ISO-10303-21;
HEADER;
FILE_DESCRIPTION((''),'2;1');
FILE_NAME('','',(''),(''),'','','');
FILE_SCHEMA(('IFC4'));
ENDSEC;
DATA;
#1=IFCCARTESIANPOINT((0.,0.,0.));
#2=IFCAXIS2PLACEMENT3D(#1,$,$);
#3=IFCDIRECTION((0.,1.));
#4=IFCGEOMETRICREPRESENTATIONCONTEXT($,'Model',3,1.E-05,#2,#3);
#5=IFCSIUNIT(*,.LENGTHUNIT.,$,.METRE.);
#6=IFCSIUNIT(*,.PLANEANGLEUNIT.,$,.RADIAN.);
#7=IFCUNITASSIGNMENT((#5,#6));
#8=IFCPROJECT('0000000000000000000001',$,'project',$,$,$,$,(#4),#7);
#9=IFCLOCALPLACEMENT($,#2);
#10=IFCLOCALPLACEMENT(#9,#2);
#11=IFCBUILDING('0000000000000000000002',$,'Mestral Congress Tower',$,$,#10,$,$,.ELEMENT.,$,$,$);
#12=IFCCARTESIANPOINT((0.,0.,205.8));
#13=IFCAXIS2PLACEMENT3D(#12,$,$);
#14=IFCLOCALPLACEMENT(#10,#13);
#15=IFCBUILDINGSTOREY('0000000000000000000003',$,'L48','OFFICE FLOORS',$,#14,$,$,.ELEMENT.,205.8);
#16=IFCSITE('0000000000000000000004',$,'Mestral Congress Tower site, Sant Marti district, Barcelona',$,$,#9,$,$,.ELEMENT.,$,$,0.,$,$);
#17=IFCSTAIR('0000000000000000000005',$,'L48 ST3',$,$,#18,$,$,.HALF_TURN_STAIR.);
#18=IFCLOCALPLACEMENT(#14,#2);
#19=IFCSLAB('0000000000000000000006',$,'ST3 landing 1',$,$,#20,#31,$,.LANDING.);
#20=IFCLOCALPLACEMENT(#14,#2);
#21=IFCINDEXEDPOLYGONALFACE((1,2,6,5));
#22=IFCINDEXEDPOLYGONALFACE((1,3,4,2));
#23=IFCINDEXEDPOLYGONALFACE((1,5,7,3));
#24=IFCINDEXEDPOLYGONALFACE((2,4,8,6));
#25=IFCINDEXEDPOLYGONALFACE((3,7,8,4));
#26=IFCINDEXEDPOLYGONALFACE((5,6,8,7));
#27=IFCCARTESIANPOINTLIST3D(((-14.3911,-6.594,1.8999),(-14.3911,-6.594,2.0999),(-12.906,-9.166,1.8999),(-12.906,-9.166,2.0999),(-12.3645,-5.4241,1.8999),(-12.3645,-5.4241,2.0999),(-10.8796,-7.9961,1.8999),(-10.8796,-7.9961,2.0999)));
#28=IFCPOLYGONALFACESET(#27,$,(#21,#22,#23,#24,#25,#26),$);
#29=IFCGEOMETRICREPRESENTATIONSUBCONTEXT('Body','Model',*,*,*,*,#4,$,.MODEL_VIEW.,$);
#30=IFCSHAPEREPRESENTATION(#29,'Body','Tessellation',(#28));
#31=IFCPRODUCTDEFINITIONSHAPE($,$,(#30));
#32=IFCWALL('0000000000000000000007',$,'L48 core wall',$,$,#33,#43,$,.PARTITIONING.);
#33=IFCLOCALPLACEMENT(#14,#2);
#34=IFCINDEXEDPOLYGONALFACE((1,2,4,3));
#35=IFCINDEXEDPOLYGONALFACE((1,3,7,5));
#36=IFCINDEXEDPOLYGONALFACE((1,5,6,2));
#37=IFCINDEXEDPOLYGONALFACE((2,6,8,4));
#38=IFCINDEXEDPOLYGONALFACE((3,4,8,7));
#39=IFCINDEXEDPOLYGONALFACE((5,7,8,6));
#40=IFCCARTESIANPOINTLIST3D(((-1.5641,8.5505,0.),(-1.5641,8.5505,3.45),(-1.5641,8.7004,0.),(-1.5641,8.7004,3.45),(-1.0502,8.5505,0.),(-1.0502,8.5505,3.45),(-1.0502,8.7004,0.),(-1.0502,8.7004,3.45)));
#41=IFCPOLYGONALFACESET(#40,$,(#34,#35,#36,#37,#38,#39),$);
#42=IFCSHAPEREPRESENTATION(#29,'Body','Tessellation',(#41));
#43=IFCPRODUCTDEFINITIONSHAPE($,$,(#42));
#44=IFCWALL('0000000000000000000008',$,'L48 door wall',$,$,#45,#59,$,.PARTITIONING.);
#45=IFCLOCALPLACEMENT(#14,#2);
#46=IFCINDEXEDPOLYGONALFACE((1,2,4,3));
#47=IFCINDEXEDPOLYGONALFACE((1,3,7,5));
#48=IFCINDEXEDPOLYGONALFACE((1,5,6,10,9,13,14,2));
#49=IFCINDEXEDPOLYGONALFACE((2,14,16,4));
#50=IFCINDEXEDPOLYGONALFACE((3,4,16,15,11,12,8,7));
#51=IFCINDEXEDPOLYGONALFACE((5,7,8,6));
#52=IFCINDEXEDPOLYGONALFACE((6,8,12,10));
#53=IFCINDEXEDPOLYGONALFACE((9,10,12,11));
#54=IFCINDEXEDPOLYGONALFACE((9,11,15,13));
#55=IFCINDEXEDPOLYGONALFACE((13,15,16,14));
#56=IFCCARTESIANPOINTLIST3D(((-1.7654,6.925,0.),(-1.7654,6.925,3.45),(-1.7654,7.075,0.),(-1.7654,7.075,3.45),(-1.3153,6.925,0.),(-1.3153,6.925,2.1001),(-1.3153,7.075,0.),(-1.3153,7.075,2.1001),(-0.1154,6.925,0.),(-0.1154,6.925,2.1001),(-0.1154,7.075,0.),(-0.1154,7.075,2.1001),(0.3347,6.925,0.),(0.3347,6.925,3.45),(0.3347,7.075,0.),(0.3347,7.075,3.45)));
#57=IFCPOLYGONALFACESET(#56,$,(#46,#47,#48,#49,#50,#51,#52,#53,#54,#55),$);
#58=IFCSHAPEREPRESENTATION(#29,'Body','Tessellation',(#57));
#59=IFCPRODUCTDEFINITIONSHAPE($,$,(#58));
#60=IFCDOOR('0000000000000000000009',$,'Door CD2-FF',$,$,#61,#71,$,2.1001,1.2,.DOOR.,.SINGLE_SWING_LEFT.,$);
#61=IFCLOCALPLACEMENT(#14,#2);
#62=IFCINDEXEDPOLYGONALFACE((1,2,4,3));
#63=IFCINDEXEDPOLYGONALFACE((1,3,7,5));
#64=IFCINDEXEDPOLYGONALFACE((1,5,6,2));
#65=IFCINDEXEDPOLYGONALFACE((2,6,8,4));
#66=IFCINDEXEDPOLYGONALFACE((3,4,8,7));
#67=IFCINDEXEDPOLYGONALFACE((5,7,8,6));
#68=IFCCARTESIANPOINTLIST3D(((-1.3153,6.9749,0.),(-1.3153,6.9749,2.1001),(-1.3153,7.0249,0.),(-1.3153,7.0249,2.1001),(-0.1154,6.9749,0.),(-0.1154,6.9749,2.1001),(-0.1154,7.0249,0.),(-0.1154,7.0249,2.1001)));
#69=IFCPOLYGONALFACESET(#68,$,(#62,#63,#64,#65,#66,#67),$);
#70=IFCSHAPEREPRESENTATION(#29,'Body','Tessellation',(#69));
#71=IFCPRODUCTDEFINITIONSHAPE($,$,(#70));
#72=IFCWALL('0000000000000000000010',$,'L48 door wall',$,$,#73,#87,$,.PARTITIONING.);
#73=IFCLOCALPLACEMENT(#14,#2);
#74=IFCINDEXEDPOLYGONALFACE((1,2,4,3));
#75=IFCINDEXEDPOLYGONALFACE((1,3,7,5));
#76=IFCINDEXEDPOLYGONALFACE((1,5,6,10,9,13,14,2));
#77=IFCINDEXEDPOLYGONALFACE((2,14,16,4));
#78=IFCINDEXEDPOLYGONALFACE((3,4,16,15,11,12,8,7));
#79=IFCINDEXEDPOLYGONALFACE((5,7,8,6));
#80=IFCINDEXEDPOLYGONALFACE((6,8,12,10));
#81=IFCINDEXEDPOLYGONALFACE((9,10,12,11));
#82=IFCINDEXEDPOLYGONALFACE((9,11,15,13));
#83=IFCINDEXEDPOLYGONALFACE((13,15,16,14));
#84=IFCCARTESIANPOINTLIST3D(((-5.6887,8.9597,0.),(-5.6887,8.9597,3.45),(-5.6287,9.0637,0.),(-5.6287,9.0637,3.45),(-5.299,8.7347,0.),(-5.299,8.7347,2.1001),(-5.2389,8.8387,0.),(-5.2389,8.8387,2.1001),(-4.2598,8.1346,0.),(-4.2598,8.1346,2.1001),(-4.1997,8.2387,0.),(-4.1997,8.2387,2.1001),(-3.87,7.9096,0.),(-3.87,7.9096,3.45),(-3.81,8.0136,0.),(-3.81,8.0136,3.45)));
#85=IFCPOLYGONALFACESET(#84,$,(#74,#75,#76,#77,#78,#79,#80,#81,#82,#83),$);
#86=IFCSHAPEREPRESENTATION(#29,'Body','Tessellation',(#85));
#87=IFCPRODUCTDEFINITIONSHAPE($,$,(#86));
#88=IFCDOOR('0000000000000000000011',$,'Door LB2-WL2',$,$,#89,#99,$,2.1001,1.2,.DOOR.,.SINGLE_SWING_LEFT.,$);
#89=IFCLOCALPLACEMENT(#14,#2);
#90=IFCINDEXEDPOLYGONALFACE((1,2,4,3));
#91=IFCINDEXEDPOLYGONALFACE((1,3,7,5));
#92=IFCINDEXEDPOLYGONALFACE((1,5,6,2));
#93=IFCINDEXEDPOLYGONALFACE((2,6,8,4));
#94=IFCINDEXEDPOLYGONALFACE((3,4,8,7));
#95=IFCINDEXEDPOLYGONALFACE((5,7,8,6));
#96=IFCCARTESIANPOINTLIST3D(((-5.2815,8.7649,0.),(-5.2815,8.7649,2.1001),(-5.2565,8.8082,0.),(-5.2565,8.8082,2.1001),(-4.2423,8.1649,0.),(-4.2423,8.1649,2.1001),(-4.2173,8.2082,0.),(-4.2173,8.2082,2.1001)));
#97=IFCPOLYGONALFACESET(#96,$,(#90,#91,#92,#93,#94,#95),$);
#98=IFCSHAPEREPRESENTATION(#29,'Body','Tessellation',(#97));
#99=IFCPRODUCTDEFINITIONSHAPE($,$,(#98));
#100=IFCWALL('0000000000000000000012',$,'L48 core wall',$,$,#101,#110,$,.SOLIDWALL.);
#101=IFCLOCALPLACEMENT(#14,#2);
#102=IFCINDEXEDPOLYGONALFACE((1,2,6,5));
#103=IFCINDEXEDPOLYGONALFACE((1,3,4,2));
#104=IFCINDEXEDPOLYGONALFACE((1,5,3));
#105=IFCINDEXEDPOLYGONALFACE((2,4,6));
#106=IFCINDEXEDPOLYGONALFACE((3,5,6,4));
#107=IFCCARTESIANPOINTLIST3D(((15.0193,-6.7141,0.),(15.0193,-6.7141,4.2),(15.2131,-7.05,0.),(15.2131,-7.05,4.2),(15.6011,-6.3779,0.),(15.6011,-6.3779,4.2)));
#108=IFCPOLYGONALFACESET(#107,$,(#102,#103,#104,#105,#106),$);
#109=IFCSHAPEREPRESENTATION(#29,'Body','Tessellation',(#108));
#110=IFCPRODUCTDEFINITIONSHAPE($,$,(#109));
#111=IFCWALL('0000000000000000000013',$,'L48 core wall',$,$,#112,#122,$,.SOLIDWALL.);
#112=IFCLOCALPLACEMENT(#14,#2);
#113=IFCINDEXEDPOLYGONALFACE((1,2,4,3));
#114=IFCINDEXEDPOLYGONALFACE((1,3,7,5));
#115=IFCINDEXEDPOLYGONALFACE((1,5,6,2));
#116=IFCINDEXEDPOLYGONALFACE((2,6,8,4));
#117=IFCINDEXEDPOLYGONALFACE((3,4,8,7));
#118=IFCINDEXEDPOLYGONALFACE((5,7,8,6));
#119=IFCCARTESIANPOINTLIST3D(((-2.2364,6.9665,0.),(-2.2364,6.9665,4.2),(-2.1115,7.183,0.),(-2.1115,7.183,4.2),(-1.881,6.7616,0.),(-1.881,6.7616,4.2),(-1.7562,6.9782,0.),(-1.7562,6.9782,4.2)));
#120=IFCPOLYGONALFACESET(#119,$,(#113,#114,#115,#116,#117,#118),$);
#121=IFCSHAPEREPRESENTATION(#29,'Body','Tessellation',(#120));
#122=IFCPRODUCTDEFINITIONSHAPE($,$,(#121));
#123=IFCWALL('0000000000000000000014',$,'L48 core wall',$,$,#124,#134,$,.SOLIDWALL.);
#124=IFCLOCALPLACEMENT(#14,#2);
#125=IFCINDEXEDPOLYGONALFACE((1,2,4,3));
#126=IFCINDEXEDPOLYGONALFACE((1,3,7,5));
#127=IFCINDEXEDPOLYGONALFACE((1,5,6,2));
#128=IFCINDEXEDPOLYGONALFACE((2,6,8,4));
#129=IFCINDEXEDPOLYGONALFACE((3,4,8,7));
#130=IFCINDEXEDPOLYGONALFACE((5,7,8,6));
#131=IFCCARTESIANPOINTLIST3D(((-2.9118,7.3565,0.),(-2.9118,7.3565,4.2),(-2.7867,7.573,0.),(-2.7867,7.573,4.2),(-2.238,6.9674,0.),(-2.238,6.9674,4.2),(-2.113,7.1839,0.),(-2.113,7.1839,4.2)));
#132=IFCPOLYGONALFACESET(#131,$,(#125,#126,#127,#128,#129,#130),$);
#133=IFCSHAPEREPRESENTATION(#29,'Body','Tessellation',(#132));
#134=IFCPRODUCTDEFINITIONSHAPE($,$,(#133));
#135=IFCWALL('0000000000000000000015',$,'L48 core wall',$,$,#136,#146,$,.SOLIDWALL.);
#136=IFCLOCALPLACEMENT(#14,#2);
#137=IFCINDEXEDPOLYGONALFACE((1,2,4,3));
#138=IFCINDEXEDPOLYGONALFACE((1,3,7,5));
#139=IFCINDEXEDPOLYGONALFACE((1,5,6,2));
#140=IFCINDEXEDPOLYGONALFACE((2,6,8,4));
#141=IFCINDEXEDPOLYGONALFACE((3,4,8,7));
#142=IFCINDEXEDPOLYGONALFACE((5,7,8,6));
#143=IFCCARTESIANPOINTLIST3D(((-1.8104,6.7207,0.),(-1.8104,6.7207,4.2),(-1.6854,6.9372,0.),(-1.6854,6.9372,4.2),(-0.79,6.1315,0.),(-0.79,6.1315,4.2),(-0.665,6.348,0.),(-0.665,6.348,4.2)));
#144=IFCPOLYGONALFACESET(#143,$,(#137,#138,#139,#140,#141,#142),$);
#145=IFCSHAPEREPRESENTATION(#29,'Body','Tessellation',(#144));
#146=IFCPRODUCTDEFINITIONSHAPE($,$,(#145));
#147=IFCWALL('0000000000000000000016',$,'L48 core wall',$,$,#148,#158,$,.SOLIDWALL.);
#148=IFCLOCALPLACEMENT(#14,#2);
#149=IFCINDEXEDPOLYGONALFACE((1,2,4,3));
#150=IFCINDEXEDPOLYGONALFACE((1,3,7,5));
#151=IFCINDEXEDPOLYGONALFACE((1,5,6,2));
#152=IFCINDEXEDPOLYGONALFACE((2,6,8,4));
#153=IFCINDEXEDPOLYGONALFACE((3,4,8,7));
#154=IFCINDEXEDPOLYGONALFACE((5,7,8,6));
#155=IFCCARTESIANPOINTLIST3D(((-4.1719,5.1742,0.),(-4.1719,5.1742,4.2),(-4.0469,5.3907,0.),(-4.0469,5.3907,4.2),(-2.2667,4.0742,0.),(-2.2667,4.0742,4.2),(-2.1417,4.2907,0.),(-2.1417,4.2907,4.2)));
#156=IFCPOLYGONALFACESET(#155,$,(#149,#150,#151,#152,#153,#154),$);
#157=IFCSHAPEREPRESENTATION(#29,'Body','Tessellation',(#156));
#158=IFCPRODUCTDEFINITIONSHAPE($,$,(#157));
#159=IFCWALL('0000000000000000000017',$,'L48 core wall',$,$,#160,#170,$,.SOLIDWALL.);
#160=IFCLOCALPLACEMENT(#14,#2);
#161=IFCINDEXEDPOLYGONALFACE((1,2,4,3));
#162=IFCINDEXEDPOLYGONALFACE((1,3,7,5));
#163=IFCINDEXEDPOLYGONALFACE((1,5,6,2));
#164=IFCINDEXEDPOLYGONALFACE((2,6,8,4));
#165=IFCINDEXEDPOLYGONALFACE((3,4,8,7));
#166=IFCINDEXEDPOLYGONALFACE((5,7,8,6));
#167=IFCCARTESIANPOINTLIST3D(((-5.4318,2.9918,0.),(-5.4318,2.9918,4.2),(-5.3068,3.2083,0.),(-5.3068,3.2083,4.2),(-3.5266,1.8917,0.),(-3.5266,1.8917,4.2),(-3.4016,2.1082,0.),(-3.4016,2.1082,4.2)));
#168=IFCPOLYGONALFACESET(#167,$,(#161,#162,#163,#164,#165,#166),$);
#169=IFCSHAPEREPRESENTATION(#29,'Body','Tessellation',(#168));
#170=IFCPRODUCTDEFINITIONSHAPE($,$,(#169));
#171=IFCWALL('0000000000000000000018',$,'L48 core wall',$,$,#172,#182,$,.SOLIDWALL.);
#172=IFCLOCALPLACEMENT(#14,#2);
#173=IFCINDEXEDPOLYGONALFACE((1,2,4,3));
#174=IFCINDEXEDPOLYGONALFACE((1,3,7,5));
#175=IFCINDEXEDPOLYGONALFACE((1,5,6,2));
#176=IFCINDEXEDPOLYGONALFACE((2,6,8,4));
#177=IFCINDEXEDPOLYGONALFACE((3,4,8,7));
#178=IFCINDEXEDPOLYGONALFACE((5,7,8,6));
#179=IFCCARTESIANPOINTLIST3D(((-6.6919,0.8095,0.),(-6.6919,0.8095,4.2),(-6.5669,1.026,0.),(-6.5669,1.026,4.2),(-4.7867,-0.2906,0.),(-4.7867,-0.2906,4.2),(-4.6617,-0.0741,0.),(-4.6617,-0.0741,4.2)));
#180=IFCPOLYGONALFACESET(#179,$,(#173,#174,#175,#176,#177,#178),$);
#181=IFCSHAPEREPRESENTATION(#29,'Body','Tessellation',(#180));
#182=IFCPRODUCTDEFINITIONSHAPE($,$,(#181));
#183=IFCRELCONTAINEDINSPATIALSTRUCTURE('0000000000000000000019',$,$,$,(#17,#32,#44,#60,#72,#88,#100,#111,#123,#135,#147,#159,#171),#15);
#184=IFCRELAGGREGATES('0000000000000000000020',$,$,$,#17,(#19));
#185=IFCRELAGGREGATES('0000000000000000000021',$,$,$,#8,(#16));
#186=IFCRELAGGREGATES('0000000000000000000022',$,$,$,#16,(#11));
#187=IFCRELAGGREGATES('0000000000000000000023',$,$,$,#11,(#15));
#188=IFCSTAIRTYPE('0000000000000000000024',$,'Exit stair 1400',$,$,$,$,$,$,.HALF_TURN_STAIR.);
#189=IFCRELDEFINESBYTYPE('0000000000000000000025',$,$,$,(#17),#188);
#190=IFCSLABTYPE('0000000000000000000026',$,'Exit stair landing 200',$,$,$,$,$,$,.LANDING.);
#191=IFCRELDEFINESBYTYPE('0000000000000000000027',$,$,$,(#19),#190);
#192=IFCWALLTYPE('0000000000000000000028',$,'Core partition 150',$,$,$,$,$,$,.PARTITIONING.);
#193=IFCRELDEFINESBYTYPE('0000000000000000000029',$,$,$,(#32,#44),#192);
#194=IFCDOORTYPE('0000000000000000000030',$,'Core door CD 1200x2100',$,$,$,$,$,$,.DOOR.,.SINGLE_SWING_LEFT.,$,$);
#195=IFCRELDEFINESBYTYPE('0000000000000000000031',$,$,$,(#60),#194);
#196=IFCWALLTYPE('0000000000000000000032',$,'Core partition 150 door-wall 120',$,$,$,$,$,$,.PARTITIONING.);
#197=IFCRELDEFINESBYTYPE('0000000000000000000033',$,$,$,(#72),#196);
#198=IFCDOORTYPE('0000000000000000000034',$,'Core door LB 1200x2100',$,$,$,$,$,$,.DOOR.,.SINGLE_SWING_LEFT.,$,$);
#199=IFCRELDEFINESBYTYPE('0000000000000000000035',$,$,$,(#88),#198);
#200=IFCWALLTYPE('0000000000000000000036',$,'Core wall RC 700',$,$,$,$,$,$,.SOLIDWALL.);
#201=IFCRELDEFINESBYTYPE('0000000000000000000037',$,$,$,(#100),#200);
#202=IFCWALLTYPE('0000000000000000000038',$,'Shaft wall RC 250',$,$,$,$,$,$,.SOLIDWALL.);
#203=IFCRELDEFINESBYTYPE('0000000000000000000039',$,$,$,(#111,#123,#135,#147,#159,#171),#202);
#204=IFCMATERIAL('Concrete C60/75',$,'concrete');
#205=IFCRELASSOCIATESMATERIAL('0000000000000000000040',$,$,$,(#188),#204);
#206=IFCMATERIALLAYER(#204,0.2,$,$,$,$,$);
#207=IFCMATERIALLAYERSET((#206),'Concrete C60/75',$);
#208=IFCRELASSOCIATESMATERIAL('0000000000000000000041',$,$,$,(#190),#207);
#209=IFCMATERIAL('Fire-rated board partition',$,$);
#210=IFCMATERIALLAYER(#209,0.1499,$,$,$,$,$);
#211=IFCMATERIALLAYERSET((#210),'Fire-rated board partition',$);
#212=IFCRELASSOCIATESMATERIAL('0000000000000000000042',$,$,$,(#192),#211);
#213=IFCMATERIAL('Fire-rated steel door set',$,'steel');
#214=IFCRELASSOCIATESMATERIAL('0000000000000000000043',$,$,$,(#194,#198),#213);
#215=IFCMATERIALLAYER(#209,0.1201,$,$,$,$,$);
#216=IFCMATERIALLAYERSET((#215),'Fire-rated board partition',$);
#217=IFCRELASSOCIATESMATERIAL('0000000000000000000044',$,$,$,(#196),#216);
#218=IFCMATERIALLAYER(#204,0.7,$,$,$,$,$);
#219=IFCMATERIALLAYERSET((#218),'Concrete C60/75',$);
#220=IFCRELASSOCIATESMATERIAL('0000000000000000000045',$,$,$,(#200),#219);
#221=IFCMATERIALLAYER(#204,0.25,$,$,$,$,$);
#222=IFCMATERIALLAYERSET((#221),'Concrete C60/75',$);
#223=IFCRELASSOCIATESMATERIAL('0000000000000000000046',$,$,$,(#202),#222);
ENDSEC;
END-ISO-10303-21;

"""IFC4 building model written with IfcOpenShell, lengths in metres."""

from ifc_helpers import new_model, si_unit, direction, frame, frame_2d, origin, place, context, subcontext, project, spatial, polyline, rectangle, outline, extrude, material, layer, layer_set, type_object, element, fill, aggregate, save


model = new_model("IFC4")

# Units and contexts
model_context = context("Model", 3, precision=1e-05, world=origin(), true_north=direction((0.0, 1.0)))
body_context = subcontext(model_context, "Body", "Model", "MODEL_VIEW")
ifc_project = project(units=[si_unit("LENGTHUNIT", "METRE"), si_unit("PLANEANGLEUNIT", "RADIAN")], contexts=[model_context])

# Site, building, storey
site_placement = place(None, origin())
site = spatial("IfcSite", under=ifc_project, at=site_placement, Name="Mestral Congress Tower site, Sant Marti district, Barcelona", CompositionType="ELEMENT", RefElevation=0.0)
building_placement = place(site_placement, origin())
building = spatial("IfcBuilding", under=site, at=building_placement, Name="Mestral Congress Tower", CompositionType="ELEMENT")
storey_placement = place(building_placement, frame((0.0, 0.0, 205.8)))
storey = spatial("IfcBuildingStorey", under=building, at=storey_placement, Name="L48", Description="OFFICE FLOORS", CompositionType="ELEMENT", Elevation=205.8)

# Shared definitions
ifc_material_1 = material(Name="Concrete C60/75", Category="concrete")

# Stair, slab
stair_type = type_object("IfcStairType", Name="Exit stair 1400", PredefinedType="HALF_TURN_STAIR", material=ifc_material_1)
placement_1 = place(storey_placement, origin())
ifc_layer_1 = layer(ifc_material_1, 0.2)
ifc_layer_set_1 = layer_set([ifc_layer_1], Name="Concrete C60/75")
slab_type_1 = type_object("IfcSlabType", Name="Exit stair landing 200", PredefinedType="LANDING", material=ifc_layer_set_1)
placement_2 = place(storey_placement, frame((0.0, 0.0, 1.8999)))
stair_1 = element("IfcStair", 1, at=placement_1, inside=storey, type_object=stair_type, Name="L48 ST3", PredefinedType="HALF_TURN_STAIR")
slab_1 = element("IfcSlab", 2, at=placement_2, type_object=slab_type_1, Name="ST3 landing 1", PredefinedType="LANDING", context=body_context, shape_type="SweptSolid", body=[
    extrude(outline(polyline([(-12.3645, -5.4241), (-10.8796, -7.9961), (-12.906, -9.166), (-14.3911, -6.594), (-12.3645, -5.4241)])), origin(), (0.0, 0.0, 1.0), 0.2),
])
aggregate(stair_1, [slab_1])

# Wall
ifc_material_2 = material(Name="Fire-rated board partition")
ifc_layer_2 = layer(ifc_material_2, 0.1499)
ifc_layer_set_2 = layer_set([ifc_layer_2], Name="Fire-rated board partition")
wall_type_1 = type_object("IfcWallType", Name="Core partition 150", PredefinedType="PARTITIONING", material=ifc_layer_set_2)
wall_1_placement = place(storey_placement, frame((-1.564, 8.6255, 0.0), z_axis=(0.0, 0.0, 1.0), x_axis=(1.0, 0.0, 0.0)))
element("IfcWall", 3, at=wall_1_placement, inside=storey, type_object=wall_type_1, Name="L48 core wall", PredefinedType="PARTITIONING", context=body_context, shape_type="SweptSolid", body=[
    extrude(rectangle(XDim=0.5139, YDim=0.1499, at=frame_2d((0.2568, 0.0))), origin(), (0.0, 0.0, 1.0), 3.45),
])

# Walls, openings, doors
wall_2_placement = place(storey_placement, frame((-1.7654, 7.0, 0.0), z_axis=(0.0, 0.0, 1.0), x_axis=(1.0, 0.0, 0.0)))
wall_2 = element("IfcWall", 4, at=wall_2_placement, inside=storey, type_object=wall_type_1, Name="L48 door wall", PredefinedType="PARTITIONING", context=body_context, shape_type="SweptSolid", body=[
    extrude(rectangle(XDim=2.1001, YDim=0.1499, at=frame_2d((1.05, 0.0))), origin(), (0.0, 0.0, 1.0), 3.45),
])
opening_1_placement = place(wall_2_placement, frame((0.45, 0.0, 0.0)))
opening_1 = element("IfcOpeningElement", 5, at=opening_1_placement, cuts=wall_2, PredefinedType="OPENING", context=body_context, shape_type="SweptSolid", body=[
    extrude(rectangle(XDim=1.2, YDim=2.1001, at=frame_2d((0.6001, 1.05))), frame((0.0, 0.085, 0.0), z_axis=(0.0, -1.0, 0.0), x_axis=(1.0, 0.0, 0.0)), (0.0, 0.0, 1.0), 0.1699),
])
ifc_material_3 = material(Name="Fire-rated steel door set", Category="steel")
door_type_1 = type_object("IfcDoorType", Name="Core door CD 1200x2100", OperationType="SINGLE_SWING_LEFT", PredefinedType="DOOR", material=ifc_material_3)
door_1_placement = place(opening_1_placement, origin())
door_1 = element("IfcDoor", 6, at=door_1_placement, inside=storey, type_object=door_type_1, Name="Door CD2-FF", OperationType="SINGLE_SWING_LEFT", OverallHeight=2.1001, OverallWidth=1.2, PredefinedType="DOOR", context=body_context, shape_type="SweptSolid", body=[
    extrude(rectangle(XDim=1.2, YDim=2.1001, at=frame_2d((0.6001, 1.05))), frame((0.0, 0.0249, 0.0), z_axis=(0.0, -1.0, 0.0), x_axis=(1.0, 0.0, 0.0)), (0.0, 0.0, 1.0), 0.05),
])
fill(opening_1, door_1)
ifc_layer_3 = layer(ifc_material_2, 0.1201)
ifc_layer_set_3 = layer_set([ifc_layer_3], Name="Fire-rated board partition")
wall_type_2 = type_object("IfcWallType", Name="Core partition 150 door-wall 120", PredefinedType="PARTITIONING", material=ifc_layer_set_3)
wall_3_placement = place(storey_placement, frame((-5.6587, 9.0117, 0.0), z_axis=(0.0, 0.0, 1.0), x_axis=(0.866009, -0.500028, 0.0)))
wall_3 = element("IfcWall", 7, at=wall_3_placement, inside=storey, type_object=wall_type_2, Name="L48 door wall", PredefinedType="PARTITIONING", context=body_context, shape_type="SweptSolid", body=[
    extrude(rectangle(XDim=2.1001, YDim=0.1201, at=frame_2d((1.05, 0.0))), origin(), (0.0, 0.0, 1.0), 3.45),
])
opening_2_placement = place(wall_3_placement, frame((0.45, 0.0, 0.0)))
opening_2 = element("IfcOpeningElement", 8, at=opening_2_placement, cuts=wall_3, PredefinedType="OPENING", context=body_context, shape_type="SweptSolid", body=[
    extrude(rectangle(XDim=1.2, YDim=2.1001, at=frame_2d((0.6001, 1.05))), frame((0.0, 0.0701, 0.0), z_axis=(0.0, -1.0, 0.0), x_axis=(1.0, 0.0, 0.0)), (0.0, 0.0, 1.0), 0.1401),
])
door_type_2 = type_object("IfcDoorType", Name="Core door LB 1200x2100", OperationType="SINGLE_SWING_LEFT", PredefinedType="DOOR", material=ifc_material_3)
door_2_placement = place(opening_2_placement, origin())
door_2 = element("IfcDoor", 9, at=door_2_placement, inside=storey, type_object=door_type_2, Name="Door LB2-WL2", OperationType="SINGLE_SWING_LEFT", OverallHeight=2.1001, OverallWidth=1.2, PredefinedType="DOOR", context=body_context, shape_type="SweptSolid", body=[
    extrude(rectangle(XDim=1.2, YDim=2.1001, at=frame_2d((0.6001, 1.05))), frame((0.0, 0.0249, 0.0), z_axis=(0.0, -1.0, 0.0), x_axis=(1.0, 0.0, 0.0)), (0.0, 0.0, 1.0), 0.05),
])
fill(opening_2, door_2)

# Walls
ifc_layer_4 = layer(ifc_material_1, 0.7)
ifc_layer_set_4 = layer_set([ifc_layer_4], Name="Concrete C60/75")
wall_type_3 = type_object("IfcWallType", Name="Core wall RC 700", PredefinedType="SOLIDWALL", material=ifc_layer_set_4)
element("IfcWall", 10, at=placement_1, inside=storey, type_object=wall_type_3, Name="L48 core wall", PredefinedType="SOLIDWALL", context=body_context, shape_type="SweptSolid", body=[
    extrude(outline(polyline([(15.2131, -7.05), (15.0193, -6.7141), (15.6011, -6.3779), (15.2131, -7.05)])), origin(), (0.0, 0.0, 1.0), 4.2),
])
ifc_layer_5 = layer(ifc_material_1, 0.25)
ifc_layer_set_5 = layer_set([ifc_layer_5], Name="Concrete C60/75")
wall_type_4 = type_object("IfcWallType", Name="Shaft wall RC 250", PredefinedType="SOLIDWALL", material=ifc_layer_set_5)
wall_4_placement = place(storey_placement, frame((-1.8186, 6.8699, 0.0), z_axis=(0.0, 0.0, 1.0), x_axis=(-0.866295, 0.499533, 0.0)))
element("IfcWall", 11, at=wall_4_placement, inside=storey, type_object=wall_type_4, Name="L48 core wall", PredefinedType="SOLIDWALL", context=body_context, shape_type="SweptSolid", body=[
    extrude(rectangle(XDim=0.4102, YDim=0.25, at=frame_2d((0.2051, 0.0))), origin(), (0.0, 0.0, 1.0), 4.2),
])
wall_5_placement = place(storey_placement, frame((-2.8494, 7.4648, 0.0), z_axis=(0.0, 0.0, 1.0), x_axis=(0.865956, -0.500121, 0.0)))
element("IfcWall", 12, at=wall_5_placement, inside=storey, type_object=wall_type_4, Name="L48 core wall", PredefinedType="SOLIDWALL", context=body_context, shape_type="SweptSolid", body=[
    extrude(rectangle(XDim=0.7781, YDim=0.25, at=frame_2d((0.3892, 0.0))), origin(), (0.0, 0.0, 1.0), 4.2),
])
wall_6_placement = place(storey_placement, frame((-0.7275, 6.2397, 0.0), z_axis=(0.0, 0.0, 1.0), x_axis=(-0.866003, 0.500039, 0.0)))
element("IfcWall", 13, at=wall_6_placement, inside=storey, type_object=wall_type_4, Name="L48 core wall", PredefinedType="SOLIDWALL", context=body_context, shape_type="SweptSolid", body=[
    extrude(rectangle(XDim=1.1782, YDim=0.25, at=frame_2d((0.5891, 0.0))), origin(), (0.0, 0.0, 1.0), 4.2),
])
for number, where, z_axis, x_axis, name in (
    (14, (-2.2041, 4.1824, 0.0), (0.0, 0.0, 1.0), (-0.866008, 0.50003, 0.0), "L48 core wall"),
    (15, (-5.3694, 3.1001, 0.0), (0.0, 0.0, 1.0), (0.866008, -0.50003, 0.0), "L48 core wall"),
    (16, (-4.7241, -0.1824, 0.0), (0.0, 0.0, 1.0), (-0.866008, 0.50003, 0.0), "L48 core wall"),
):
    element("IfcWall", number, at=place(storey_placement, frame(where, z_axis=z_axis, x_axis=x_axis)), inside=storey, type_object=wall_type_4, Name=name, PredefinedType="SOLIDWALL", context=body_context, shape_type="SweptSolid", body=[
        extrude(rectangle(XDim=2.2, YDim=0.25, at=frame_2d((1.1001, 0.0))), origin(), (0.0, 0.0, 1.0), 4.2),
    ])

save(model, "model.ifc")
